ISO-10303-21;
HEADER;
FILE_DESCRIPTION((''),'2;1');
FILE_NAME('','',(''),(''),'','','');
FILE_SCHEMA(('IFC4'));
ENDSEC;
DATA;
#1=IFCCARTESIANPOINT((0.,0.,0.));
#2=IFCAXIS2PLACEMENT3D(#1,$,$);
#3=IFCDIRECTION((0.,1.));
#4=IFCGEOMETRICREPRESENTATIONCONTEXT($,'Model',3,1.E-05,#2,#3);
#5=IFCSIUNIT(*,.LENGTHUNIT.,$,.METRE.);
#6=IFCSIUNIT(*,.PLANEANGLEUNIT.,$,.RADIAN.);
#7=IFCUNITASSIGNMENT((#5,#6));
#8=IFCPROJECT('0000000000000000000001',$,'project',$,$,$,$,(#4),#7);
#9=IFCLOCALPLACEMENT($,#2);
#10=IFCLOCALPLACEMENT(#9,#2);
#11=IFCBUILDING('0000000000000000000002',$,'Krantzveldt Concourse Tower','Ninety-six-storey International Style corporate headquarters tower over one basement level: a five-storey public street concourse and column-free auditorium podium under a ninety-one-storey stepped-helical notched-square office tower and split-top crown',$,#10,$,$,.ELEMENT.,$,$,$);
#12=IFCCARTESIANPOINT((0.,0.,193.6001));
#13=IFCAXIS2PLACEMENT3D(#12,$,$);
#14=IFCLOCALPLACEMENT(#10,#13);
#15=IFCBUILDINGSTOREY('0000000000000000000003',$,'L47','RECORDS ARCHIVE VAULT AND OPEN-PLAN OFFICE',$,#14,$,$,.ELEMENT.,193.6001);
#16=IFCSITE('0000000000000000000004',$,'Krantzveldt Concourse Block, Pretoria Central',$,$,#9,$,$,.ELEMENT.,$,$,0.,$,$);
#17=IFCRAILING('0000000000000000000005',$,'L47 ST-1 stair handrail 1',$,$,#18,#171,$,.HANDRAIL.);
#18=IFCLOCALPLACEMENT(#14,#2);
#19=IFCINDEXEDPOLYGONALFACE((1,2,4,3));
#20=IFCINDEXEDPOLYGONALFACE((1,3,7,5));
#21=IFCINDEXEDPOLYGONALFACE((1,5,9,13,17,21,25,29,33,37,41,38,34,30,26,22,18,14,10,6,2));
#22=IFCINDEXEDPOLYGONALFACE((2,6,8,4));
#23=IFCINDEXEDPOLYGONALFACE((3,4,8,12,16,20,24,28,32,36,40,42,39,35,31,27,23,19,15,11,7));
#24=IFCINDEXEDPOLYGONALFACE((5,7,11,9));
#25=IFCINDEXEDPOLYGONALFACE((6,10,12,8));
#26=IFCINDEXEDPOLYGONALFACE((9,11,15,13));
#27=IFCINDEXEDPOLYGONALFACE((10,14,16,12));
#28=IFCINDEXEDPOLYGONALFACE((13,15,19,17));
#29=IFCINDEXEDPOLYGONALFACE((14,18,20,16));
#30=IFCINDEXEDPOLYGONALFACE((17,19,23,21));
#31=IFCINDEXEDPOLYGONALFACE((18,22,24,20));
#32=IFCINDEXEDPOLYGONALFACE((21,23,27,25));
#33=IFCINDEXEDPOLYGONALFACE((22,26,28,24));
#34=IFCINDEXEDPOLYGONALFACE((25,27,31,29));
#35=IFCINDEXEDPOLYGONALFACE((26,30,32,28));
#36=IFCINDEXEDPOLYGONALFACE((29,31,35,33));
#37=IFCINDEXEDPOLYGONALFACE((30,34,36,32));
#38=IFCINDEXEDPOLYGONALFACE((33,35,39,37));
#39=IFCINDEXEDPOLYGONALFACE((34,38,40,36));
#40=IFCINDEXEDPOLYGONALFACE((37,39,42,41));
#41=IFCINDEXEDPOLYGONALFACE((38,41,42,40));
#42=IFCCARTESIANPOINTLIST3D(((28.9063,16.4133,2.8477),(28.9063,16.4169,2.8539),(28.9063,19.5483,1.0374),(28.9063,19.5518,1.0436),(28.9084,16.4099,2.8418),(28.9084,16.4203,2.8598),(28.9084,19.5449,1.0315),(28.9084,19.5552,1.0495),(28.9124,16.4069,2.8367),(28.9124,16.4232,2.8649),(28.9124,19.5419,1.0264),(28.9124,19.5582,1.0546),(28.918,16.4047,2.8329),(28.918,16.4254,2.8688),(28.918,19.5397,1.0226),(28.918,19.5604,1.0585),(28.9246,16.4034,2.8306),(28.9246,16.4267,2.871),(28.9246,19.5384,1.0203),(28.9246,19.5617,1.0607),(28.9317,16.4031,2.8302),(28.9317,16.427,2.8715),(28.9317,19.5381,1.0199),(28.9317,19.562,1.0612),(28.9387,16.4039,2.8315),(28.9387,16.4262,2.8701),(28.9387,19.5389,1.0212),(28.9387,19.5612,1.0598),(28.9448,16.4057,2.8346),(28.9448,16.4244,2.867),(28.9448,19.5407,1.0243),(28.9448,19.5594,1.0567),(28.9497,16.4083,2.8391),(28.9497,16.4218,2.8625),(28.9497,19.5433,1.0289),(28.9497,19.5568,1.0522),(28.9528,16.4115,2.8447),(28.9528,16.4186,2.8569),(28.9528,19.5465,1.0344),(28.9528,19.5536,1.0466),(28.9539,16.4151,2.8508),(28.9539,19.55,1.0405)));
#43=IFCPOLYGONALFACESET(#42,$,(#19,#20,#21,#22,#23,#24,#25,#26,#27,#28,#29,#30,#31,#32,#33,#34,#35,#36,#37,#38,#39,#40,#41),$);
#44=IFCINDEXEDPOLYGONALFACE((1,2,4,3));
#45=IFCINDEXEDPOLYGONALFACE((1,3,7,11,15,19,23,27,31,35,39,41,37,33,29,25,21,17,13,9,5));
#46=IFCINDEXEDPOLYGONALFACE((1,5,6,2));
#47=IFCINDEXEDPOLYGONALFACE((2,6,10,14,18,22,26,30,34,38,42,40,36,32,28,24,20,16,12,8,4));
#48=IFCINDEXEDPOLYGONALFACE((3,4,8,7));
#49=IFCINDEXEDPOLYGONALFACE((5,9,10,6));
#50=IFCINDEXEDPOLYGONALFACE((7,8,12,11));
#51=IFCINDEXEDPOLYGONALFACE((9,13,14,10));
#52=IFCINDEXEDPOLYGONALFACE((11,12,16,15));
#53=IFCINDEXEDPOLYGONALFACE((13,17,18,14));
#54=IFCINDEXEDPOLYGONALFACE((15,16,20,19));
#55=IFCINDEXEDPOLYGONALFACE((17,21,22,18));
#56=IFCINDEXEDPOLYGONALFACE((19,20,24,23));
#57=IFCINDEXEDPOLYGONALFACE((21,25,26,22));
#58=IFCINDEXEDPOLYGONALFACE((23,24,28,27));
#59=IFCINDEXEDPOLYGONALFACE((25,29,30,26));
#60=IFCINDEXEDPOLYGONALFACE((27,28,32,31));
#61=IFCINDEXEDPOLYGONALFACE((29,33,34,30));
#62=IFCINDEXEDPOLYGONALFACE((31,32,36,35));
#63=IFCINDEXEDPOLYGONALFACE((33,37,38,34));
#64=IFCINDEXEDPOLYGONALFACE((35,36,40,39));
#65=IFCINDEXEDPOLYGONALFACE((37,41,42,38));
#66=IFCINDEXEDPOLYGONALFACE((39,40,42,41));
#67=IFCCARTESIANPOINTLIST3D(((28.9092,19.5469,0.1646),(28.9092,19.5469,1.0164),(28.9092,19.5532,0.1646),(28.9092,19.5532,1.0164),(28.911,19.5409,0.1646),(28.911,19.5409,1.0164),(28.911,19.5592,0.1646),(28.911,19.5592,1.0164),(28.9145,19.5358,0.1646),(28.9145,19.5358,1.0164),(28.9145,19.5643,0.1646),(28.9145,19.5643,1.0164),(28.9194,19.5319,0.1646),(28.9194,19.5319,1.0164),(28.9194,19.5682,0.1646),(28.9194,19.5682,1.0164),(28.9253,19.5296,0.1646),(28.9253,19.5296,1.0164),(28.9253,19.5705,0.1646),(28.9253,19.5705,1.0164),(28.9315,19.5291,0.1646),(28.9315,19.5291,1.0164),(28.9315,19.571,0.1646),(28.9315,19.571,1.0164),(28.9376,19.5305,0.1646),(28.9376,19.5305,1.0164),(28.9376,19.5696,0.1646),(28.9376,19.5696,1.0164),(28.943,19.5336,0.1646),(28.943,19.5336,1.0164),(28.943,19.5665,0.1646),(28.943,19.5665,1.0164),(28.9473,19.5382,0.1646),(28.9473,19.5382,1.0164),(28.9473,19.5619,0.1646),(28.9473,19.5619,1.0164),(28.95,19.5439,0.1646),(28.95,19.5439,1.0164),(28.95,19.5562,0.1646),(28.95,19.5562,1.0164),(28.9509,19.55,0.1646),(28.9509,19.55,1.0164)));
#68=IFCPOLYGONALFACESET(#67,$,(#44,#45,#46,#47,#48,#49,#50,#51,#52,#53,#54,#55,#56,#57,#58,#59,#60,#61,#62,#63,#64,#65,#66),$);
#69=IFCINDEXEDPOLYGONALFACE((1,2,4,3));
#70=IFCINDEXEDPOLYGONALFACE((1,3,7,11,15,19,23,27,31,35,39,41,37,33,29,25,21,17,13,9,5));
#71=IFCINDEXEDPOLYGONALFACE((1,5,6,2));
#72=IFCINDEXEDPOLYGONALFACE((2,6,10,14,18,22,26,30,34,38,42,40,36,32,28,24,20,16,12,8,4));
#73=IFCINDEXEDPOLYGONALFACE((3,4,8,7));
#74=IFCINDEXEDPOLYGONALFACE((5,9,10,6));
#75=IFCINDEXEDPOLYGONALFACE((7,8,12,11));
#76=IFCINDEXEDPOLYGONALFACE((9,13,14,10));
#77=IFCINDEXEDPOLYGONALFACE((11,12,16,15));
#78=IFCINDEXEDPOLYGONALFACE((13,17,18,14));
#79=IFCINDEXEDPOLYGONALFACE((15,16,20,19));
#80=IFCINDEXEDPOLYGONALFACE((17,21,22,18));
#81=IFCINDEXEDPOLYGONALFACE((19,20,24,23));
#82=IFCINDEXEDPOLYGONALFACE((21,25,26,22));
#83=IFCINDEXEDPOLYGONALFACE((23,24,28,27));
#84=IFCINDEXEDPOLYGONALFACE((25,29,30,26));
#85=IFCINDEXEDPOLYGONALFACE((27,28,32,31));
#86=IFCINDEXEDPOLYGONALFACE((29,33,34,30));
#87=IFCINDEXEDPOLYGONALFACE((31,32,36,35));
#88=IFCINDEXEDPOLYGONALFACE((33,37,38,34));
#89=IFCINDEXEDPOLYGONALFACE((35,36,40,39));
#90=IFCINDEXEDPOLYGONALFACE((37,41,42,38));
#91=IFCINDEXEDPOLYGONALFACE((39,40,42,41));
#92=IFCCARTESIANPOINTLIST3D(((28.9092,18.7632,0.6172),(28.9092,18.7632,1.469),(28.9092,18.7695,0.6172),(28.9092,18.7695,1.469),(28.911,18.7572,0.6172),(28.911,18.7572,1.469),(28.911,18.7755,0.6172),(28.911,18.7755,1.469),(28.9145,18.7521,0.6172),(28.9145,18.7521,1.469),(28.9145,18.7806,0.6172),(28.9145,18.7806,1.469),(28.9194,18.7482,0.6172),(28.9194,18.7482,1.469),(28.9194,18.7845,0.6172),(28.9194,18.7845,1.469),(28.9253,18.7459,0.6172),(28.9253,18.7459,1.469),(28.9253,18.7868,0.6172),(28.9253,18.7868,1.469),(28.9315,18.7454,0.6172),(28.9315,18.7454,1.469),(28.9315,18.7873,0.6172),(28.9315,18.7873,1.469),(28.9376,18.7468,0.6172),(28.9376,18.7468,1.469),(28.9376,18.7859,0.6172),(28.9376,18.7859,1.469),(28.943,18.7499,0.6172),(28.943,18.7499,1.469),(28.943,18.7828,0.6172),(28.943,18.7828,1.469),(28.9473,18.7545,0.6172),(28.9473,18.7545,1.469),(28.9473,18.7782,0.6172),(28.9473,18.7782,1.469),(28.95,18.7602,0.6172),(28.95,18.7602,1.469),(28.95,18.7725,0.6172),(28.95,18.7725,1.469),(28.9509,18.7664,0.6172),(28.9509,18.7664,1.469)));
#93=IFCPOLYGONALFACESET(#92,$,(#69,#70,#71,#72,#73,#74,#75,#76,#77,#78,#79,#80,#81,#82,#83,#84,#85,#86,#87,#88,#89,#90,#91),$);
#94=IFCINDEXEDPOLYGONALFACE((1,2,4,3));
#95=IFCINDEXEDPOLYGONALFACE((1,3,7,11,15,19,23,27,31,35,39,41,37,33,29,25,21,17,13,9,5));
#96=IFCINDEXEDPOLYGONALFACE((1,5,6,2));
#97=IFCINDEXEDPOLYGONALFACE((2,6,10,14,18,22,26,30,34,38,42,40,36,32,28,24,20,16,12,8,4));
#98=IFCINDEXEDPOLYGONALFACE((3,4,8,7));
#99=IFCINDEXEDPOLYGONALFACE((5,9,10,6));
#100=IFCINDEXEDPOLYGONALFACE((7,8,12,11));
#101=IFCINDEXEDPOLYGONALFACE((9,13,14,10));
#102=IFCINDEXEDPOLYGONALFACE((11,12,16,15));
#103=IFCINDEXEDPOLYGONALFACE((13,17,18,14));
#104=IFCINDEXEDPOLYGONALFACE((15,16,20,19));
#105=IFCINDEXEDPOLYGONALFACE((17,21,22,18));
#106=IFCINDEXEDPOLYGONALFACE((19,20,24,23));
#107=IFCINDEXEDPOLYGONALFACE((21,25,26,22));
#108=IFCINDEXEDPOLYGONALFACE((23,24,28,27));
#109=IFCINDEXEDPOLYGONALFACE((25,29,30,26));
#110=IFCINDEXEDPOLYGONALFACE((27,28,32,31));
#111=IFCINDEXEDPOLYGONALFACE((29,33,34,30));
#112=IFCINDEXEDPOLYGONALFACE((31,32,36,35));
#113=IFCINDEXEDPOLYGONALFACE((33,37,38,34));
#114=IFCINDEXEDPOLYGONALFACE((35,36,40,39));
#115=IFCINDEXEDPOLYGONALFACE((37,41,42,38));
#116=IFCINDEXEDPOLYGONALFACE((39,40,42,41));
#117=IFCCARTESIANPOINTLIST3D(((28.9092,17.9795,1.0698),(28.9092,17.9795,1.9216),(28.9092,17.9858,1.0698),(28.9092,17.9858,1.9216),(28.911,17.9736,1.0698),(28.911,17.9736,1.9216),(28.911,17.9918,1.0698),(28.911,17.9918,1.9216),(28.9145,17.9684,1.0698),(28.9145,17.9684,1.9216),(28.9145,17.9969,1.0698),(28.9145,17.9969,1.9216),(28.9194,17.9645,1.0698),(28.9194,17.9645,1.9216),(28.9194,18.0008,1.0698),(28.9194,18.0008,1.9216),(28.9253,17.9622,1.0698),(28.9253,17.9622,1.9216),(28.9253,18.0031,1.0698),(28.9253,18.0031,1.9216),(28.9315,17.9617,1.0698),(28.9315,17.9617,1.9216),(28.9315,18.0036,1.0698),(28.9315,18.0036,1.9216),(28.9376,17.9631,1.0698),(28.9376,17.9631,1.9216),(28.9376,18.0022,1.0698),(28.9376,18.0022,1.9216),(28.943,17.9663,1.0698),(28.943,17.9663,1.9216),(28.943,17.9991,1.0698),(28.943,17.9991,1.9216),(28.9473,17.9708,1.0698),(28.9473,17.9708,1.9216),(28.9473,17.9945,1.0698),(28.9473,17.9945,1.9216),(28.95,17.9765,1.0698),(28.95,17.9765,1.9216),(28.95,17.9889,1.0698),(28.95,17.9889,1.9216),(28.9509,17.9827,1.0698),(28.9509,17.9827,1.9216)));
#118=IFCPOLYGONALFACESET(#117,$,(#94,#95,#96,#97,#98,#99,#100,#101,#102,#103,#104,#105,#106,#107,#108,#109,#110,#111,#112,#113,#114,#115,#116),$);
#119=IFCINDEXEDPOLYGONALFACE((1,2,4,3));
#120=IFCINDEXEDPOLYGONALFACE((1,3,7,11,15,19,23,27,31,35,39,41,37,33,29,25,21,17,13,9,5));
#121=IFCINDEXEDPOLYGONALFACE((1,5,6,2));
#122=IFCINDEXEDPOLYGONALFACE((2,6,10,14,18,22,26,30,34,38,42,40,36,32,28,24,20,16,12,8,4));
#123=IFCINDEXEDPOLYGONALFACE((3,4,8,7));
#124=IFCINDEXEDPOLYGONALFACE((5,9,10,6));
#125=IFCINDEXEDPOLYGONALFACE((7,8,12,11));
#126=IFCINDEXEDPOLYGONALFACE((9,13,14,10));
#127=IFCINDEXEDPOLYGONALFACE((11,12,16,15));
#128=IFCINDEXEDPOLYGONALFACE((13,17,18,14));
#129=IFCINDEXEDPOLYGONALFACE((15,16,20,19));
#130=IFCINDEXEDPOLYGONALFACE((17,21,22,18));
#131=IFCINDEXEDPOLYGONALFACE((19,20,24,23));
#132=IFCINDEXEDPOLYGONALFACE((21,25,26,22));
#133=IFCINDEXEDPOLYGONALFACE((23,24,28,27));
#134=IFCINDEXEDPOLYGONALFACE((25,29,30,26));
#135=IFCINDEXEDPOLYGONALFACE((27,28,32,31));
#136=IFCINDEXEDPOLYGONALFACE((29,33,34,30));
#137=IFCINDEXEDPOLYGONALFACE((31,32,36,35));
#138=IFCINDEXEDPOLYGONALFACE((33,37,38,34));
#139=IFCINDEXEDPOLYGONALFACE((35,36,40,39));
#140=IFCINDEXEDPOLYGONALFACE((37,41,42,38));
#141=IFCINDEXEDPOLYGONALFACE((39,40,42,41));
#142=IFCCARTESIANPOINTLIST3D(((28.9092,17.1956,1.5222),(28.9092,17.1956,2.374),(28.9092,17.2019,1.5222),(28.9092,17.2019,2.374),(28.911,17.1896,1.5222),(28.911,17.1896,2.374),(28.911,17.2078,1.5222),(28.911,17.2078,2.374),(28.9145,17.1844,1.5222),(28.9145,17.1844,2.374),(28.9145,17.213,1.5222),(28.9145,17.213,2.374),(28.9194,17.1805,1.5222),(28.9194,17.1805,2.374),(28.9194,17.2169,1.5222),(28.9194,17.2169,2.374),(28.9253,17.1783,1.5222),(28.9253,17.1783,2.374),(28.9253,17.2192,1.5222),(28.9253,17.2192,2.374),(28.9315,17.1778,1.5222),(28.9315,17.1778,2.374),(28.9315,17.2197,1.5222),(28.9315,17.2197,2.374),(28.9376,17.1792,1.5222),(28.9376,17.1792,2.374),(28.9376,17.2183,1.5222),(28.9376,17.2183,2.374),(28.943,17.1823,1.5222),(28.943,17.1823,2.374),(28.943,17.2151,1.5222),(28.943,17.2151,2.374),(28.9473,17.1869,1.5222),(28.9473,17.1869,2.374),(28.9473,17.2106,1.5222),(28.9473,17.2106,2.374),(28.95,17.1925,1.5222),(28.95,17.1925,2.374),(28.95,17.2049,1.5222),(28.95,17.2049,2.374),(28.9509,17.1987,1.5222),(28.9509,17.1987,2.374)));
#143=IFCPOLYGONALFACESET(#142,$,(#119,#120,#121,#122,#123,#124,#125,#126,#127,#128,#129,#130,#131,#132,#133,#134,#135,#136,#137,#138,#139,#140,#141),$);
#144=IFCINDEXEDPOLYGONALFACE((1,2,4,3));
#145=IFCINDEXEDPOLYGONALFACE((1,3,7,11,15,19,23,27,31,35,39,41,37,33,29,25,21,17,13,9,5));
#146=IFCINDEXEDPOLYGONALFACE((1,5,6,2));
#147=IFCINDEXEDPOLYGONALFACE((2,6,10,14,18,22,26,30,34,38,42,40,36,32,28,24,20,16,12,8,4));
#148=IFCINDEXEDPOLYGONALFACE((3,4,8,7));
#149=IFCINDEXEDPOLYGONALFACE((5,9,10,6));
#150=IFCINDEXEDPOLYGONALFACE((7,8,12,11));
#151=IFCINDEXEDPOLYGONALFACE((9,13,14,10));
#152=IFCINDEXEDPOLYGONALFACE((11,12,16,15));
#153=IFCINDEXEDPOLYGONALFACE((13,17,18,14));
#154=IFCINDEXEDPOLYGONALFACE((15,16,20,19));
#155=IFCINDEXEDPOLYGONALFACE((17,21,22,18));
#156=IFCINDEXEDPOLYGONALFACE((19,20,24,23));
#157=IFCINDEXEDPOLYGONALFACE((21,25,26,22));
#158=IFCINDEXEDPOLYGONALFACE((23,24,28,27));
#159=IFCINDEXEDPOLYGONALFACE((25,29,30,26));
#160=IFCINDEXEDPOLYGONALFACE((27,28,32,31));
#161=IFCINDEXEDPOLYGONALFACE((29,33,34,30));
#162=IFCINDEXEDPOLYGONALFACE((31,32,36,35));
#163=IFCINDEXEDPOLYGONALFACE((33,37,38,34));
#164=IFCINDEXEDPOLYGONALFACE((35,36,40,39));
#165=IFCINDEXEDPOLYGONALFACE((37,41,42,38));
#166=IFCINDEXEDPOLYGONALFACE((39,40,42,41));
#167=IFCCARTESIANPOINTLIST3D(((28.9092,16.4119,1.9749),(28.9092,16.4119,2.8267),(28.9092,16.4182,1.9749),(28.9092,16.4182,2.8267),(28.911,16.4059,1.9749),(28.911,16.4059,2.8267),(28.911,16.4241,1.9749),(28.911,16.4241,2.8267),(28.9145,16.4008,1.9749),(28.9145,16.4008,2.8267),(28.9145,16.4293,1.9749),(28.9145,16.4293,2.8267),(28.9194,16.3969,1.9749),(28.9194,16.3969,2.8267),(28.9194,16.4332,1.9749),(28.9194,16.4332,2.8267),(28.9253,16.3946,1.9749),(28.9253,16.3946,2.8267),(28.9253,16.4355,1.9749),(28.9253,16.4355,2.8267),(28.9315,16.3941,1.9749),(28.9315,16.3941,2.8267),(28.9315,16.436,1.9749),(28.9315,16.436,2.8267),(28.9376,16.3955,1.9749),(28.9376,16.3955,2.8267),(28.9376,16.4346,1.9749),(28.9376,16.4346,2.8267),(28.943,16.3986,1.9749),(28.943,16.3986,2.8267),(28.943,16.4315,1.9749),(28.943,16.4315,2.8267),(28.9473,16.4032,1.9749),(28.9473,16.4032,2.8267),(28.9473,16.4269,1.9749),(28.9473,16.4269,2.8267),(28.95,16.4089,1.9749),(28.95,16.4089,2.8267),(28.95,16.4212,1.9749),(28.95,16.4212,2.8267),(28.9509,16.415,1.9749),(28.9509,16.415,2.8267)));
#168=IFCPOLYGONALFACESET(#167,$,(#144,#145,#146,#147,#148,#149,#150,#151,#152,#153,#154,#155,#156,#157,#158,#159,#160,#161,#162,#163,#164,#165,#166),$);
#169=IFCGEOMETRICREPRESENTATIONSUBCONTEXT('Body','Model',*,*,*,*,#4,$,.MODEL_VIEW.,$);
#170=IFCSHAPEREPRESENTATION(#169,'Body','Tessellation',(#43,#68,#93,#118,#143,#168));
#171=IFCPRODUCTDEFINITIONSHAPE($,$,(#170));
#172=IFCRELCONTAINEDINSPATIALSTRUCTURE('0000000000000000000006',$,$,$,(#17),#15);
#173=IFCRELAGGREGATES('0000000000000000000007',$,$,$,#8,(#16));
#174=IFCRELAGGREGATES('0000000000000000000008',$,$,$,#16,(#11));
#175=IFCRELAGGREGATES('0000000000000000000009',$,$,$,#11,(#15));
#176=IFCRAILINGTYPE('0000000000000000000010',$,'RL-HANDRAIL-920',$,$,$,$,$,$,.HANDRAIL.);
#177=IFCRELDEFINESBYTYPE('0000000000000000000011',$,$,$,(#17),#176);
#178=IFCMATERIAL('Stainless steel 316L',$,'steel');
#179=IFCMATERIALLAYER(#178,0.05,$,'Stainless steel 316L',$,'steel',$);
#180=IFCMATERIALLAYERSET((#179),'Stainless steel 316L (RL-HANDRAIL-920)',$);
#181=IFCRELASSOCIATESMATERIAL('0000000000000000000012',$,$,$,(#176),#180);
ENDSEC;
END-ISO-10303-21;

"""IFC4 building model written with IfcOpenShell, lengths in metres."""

from ifc_helpers import new_model, si_unit, direction, frame, origin, origin_2d, place, context, subcontext, project, spatial, circle, extrude, material, layer, layer_set, type_object, element, save


model = new_model("IFC4")

# Units and contexts
model_context = context("Model", 3, precision=1e-05, world=origin(), true_north=direction((0.0, 1.0)))
body_context = subcontext(model_context, "Body", "Model", "MODEL_VIEW")
ifc_project = project(units=[si_unit("LENGTHUNIT", "METRE"), si_unit("PLANEANGLEUNIT", "RADIAN")], contexts=[model_context])

# Site, building, storey
site_placement = place(None, origin())
site = spatial("IfcSite", under=ifc_project, at=site_placement, Name="Krantzveldt Concourse Block, Pretoria Central", CompositionType="ELEMENT", RefElevation=0.0)
building_placement = place(site_placement, origin())
building = spatial("IfcBuilding", under=site, at=building_placement, Name="Krantzveldt Concourse Tower", Description="Ninety-six-storey International Style corporate headquarters tower over one basement level: a five-storey public street concourse and column-free auditorium podium under a ninety-one-storey stepped-helical notched-square office tower and split-top crown", CompositionType="ELEMENT")
storey_placement = place(building_placement, frame((0.0, 0.0, 193.6001)))
storey = spatial("IfcBuildingStorey", under=building, at=storey_placement, Name="L47", Description="RECORDS ARCHIVE VAULT AND OPEN-PLAN OFFICE", CompositionType="ELEMENT", Elevation=193.6001)

# Shared definitions
ifc_material_1 = material(Name="Stainless steel 316L", Category="steel")

# Railing
ifc_layer_1 = layer(ifc_material_1, 0.05, Name="Stainless steel 316L", Category="steel")
ifc_layer_set_1 = layer_set([ifc_layer_1], Name="Stainless steel 316L (RL-HANDRAIL-920)")
railing_type_1 = type_object("IfcRailingType", Name="RL-HANDRAIL-920", PredefinedType="HANDRAIL", material=ifc_layer_set_1)
railing_1_placement = place(storey_placement, frame((28.9299, 19.55, 0.1646)))
element("IfcRailing", 1, at=railing_1_placement, inside=storey, type_object=railing_type_1, Name="L47 ST-1 stair handrail 1", PredefinedType="HANDRAIL", context=body_context, shape_type="SweptSolid", body=[
    extrude(circle(Radius=0.0239, at=origin_2d()), frame((0.0, 0.0, 0.876), z_axis=(0.0, -0.865989, 0.500063), x_axis=(1.0, 0.0, 0.0)), (0.0, 0.0, 1.0), 3.6201),
    extrude(circle(Radius=0.021, at=origin_2d()), origin(), (0.0, 0.0, 1.0), 0.8518),
    extrude(circle(Radius=0.021, at=origin_2d()), frame((0.0, -0.7837, 0.4526)), (0.0, 0.0, 1.0), 0.8518),
    extrude(circle(Radius=0.021, at=origin_2d()), frame((0.0, -1.5674, 0.9053)), (0.0, 0.0, 1.0), 0.8518),
    extrude(circle(Radius=0.021, at=origin_2d()), frame((0.0, -2.3513, 1.3577)), (0.0, 0.0, 1.0), 0.8518),
    extrude(circle(Radius=0.021, at=origin_2d()), frame((0.0, -3.135, 1.8103)), (0.0, 0.0, 1.0), 0.8518),
])

save(model, "model.ifc")
